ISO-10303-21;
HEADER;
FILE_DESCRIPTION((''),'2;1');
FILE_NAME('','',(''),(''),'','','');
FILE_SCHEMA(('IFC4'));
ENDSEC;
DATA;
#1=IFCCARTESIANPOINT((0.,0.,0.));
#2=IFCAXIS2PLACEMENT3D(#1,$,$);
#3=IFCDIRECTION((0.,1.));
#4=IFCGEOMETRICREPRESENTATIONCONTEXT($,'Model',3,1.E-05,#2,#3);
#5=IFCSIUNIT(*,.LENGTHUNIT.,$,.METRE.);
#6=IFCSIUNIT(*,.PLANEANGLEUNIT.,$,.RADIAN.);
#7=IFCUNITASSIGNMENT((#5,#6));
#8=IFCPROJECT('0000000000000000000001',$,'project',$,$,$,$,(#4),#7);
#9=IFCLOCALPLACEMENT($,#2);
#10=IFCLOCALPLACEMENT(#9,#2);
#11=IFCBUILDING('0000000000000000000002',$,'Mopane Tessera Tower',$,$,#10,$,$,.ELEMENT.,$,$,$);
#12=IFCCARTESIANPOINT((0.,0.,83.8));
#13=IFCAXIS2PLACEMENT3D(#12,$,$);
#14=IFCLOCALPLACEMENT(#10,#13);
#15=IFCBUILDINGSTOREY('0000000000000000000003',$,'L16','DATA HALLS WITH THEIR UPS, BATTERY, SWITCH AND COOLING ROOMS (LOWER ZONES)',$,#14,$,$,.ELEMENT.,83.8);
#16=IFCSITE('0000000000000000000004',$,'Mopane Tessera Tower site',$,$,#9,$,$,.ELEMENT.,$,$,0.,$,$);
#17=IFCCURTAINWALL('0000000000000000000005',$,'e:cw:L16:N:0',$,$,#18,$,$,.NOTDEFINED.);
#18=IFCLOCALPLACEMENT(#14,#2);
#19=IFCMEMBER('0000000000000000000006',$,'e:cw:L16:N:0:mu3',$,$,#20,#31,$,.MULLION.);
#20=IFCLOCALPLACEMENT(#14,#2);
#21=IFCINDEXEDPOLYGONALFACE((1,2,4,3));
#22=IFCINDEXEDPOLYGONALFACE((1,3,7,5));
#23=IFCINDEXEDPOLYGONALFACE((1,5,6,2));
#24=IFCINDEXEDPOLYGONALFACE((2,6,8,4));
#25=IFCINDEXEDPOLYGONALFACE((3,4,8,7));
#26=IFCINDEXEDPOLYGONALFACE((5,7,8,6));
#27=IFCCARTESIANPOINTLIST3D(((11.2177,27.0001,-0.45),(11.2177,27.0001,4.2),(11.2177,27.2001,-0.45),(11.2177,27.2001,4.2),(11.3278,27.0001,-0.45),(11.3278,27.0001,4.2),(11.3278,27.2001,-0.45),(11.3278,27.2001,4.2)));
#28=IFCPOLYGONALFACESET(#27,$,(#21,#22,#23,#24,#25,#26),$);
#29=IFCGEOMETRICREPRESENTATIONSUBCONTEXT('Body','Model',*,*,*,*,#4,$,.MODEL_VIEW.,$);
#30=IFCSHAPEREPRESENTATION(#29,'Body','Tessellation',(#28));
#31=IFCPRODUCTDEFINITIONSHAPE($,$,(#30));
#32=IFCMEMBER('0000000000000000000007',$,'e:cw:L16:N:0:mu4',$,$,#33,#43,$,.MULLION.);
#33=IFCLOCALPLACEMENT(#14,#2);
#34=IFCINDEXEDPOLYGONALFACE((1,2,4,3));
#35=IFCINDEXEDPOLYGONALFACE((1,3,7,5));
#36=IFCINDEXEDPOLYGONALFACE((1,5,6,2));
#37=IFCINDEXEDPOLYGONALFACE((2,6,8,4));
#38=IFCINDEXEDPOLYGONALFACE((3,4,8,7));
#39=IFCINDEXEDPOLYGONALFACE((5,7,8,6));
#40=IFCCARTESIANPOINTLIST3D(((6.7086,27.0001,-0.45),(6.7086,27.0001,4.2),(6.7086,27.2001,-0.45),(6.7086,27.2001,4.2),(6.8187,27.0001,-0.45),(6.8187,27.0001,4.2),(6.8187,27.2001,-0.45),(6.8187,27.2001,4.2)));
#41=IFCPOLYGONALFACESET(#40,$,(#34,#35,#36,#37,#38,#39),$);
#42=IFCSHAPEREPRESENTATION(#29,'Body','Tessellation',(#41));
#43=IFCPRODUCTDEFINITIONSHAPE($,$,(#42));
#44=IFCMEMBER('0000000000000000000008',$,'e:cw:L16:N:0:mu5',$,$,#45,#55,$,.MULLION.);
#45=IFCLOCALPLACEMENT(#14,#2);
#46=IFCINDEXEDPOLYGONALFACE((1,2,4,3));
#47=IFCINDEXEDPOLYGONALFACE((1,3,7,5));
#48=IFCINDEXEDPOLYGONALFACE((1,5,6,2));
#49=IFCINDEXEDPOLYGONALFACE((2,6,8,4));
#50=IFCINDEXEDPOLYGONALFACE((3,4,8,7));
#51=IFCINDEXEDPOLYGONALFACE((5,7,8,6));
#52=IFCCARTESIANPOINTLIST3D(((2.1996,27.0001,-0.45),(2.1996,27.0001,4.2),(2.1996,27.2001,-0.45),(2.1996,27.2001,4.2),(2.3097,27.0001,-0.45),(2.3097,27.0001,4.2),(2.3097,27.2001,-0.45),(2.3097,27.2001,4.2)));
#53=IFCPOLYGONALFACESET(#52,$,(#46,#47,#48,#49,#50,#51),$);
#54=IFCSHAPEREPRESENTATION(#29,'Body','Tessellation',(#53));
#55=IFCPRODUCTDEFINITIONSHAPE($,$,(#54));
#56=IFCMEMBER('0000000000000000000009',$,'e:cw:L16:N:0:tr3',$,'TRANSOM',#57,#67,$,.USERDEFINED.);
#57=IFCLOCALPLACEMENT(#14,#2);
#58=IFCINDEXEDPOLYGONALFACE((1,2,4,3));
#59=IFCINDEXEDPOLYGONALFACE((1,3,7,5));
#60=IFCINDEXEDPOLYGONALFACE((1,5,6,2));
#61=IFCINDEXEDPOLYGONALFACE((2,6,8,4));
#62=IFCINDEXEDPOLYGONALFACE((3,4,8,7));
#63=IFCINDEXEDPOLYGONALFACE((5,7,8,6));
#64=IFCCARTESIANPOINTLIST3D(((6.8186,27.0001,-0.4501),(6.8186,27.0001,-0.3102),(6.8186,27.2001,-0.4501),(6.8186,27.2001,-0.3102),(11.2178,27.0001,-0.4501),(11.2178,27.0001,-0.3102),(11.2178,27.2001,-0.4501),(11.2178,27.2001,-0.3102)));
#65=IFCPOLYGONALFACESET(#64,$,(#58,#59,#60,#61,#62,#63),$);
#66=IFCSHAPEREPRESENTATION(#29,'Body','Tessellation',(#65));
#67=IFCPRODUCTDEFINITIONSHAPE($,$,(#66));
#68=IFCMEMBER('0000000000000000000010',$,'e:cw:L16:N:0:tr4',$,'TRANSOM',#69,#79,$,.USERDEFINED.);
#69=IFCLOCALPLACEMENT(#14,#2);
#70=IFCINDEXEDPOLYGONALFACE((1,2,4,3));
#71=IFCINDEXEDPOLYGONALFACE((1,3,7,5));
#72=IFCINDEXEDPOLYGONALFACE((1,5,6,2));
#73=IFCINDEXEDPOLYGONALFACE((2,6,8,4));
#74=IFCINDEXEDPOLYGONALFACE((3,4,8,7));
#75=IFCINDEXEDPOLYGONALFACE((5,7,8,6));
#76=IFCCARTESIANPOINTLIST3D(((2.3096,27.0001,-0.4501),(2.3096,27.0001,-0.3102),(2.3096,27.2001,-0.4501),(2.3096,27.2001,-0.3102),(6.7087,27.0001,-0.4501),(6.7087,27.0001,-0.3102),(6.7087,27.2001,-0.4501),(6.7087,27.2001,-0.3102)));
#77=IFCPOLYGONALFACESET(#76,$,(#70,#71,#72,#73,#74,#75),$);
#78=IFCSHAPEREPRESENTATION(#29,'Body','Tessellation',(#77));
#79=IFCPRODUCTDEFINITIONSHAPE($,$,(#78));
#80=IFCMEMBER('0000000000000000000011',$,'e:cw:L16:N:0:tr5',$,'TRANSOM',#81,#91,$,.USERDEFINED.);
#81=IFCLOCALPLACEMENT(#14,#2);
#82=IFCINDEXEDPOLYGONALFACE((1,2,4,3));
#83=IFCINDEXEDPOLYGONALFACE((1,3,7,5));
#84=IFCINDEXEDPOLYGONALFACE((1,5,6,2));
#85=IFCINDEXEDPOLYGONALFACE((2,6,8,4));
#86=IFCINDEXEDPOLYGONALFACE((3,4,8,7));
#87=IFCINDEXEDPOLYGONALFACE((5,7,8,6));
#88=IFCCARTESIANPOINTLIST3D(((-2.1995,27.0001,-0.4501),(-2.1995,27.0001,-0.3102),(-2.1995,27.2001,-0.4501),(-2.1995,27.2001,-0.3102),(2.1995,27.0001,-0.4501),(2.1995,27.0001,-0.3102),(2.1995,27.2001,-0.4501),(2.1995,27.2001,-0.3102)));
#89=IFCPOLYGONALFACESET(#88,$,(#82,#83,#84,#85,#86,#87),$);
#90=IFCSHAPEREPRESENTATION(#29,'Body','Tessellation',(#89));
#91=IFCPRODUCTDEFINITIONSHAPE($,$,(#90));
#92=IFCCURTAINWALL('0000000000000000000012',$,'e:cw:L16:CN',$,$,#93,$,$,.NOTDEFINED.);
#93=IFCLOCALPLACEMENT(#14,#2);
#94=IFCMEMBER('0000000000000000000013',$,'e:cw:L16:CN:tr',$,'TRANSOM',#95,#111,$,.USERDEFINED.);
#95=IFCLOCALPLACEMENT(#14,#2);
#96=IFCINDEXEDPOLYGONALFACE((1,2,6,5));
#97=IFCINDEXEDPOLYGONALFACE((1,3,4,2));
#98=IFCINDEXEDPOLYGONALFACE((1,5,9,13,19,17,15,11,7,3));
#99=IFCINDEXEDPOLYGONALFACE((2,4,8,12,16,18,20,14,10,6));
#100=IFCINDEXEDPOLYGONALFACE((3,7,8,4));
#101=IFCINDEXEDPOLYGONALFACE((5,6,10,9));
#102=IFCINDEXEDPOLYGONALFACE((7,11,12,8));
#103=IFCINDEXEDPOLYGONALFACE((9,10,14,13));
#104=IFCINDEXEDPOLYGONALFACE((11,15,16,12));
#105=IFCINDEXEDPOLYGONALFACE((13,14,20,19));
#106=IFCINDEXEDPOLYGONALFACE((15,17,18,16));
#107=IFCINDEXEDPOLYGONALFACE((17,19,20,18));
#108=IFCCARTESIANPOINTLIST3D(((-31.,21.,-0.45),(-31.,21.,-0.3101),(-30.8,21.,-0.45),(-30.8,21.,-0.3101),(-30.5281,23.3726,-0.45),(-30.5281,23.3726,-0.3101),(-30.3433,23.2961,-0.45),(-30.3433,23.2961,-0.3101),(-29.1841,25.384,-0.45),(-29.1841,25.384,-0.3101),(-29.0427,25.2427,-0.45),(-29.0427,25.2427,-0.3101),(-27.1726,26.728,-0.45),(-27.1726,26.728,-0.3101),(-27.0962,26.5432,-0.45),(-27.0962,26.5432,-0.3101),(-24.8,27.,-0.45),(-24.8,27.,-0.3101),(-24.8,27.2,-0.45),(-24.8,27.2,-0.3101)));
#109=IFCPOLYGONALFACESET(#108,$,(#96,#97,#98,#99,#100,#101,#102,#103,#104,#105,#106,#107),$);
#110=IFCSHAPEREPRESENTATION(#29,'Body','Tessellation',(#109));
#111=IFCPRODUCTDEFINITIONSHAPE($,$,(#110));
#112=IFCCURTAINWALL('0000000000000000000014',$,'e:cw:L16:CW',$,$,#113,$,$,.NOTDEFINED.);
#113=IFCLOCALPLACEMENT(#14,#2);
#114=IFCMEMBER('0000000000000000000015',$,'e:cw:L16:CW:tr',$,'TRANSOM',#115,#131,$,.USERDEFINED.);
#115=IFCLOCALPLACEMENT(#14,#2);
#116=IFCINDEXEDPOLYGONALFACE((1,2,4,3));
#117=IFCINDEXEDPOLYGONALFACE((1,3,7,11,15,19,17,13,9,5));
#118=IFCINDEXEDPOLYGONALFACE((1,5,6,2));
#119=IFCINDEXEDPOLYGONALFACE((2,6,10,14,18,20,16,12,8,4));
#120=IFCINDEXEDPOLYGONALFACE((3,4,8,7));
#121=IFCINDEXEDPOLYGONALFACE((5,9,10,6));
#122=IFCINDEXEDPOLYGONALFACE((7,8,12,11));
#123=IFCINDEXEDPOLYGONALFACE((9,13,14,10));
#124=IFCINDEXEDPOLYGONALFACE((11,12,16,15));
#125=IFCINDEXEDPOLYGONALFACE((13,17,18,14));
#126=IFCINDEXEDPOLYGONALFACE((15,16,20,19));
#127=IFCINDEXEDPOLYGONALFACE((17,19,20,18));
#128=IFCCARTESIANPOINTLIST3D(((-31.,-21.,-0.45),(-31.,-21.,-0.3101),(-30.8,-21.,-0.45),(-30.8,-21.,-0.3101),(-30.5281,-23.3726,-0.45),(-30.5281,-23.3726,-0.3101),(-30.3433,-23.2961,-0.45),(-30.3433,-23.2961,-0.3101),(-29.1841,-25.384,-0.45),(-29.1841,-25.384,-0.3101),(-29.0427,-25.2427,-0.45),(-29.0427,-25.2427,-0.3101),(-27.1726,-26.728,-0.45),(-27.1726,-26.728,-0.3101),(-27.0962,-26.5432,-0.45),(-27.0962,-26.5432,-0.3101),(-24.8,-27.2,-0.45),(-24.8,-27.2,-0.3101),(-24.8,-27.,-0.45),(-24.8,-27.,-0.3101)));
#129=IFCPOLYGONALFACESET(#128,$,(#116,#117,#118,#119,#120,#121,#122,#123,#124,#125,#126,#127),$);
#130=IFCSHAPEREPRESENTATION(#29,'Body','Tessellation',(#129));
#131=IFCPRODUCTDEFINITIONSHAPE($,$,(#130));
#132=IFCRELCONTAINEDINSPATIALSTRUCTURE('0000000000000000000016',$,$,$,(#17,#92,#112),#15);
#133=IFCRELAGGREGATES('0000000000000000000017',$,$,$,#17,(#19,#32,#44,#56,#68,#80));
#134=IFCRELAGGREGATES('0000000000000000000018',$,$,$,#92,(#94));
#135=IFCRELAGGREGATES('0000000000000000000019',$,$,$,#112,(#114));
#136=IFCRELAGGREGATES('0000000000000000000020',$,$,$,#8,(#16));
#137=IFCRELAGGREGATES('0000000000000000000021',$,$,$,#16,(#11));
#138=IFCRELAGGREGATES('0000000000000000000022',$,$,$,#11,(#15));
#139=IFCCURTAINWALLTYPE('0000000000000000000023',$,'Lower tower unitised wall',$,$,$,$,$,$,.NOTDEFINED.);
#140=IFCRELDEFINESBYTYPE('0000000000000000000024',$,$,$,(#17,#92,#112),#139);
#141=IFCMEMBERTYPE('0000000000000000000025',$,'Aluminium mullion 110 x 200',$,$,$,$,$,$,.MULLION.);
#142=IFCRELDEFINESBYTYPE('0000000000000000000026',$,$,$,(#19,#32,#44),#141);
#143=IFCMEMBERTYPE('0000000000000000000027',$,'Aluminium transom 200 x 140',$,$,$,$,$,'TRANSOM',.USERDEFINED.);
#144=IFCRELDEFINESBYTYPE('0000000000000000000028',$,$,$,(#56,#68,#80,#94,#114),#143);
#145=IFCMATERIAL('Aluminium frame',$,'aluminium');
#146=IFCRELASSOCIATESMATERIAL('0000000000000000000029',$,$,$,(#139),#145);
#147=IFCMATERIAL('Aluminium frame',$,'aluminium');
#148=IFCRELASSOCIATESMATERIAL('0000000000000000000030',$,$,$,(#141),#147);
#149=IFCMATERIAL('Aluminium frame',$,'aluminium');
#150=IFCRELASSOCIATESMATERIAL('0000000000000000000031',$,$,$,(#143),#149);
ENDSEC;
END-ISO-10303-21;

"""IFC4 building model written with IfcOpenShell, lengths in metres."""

from ifc_helpers import new_model, si_unit, direction, frame, origin, origin_2d, place, context, subcontext, project, spatial, polyline, rectangle, outline, extrude, material, material_profile, profile_set, type_object, element, aggregate, save


model = new_model("IFC4")

# Units and contexts
model_context = context("Model", 3, precision=1e-05, world=origin(), true_north=direction((0.0, 1.0)))
body_context = subcontext(model_context, "Body", "Model", "MODEL_VIEW")
ifc_project = project(units=[si_unit("LENGTHUNIT", "METRE"), si_unit("PLANEANGLEUNIT", "RADIAN")], contexts=[model_context])

# Site, building, storey
site_placement = place(None, origin())
site = spatial("IfcSite", under=ifc_project, at=site_placement, Name="Mopane Tessera Tower site", CompositionType="ELEMENT", RefElevation=0.0)
building_placement = place(site_placement, origin())
building = spatial("IfcBuilding", under=site, at=building_placement, Name="Mopane Tessera Tower", CompositionType="ELEMENT")
storey_placement = place(building_placement, frame((0.0, 0.0, 83.8)))
storey = spatial("IfcBuildingStorey", under=building, at=storey_placement, Name="L16", Description="DATA HALLS WITH THEIR UPS, BATTERY, SWITCH AND COOLING ROOMS (LOWER ZONES)", CompositionType="ELEMENT", Elevation=83.8)

# Curtain wall, members
ifc_material_1 = material(Name="Aluminium frame", Category="aluminium")
curtain_wall_type = type_object("IfcCurtainWallType", Name="Lower tower unitised wall", PredefinedType="NOTDEFINED", material=ifc_material_1)
curtain_wall_1_placement = place(storey_placement, origin())
curtain_wall_1 = element("IfcCurtainWall", 1, at=curtain_wall_1_placement, inside=storey, type_object=curtain_wall_type, Name="e:cw:L16:N:0", PredefinedType="NOTDEFINED")
ifc_material_2 = material(Name="Aluminium frame", Category="aluminium")
ifc_material_profile_1 = material_profile(ifc_material_2, rectangle(XDim=0.1101, YDim=0.2, at=origin_2d()))
ifc_profile_set_1 = profile_set([ifc_material_profile_1], Name="Aluminium frame")
member_type_1 = type_object("IfcMemberType", Name="Aluminium mullion 110 x 200", PredefinedType="MULLION", material=ifc_profile_set_1)
member_1_placement = place(storey_placement, frame((11.2727, 27.1001, -0.45), z_axis=(0.0, 0.0, 1.0), x_axis=(-1.0, 0.0, 0.0)))
member_1 = element("IfcMember", 2, at=member_1_placement, type_object=member_type_1, Name="e:cw:L16:N:0:mu3", PredefinedType="MULLION", context=body_context, shape_type="SweptSolid", body=[
    extrude(rectangle(XDim=0.1101, YDim=0.2, at=origin_2d()), origin(), (0.0, 0.0, 1.0), 4.6499),
])
member_2_placement = place(storey_placement, frame((6.7637, 27.1001, -0.45), z_axis=(0.0, 0.0, 1.0), x_axis=(-1.0, 0.0, 0.0)))
member_2 = element("IfcMember", 3, at=member_2_placement, type_object=member_type_1, Name="e:cw:L16:N:0:mu4", PredefinedType="MULLION", context=body_context, shape_type="SweptSolid", body=[
    extrude(rectangle(XDim=0.1101, YDim=0.2, at=origin_2d()), origin(), (0.0, 0.0, 1.0), 4.6499),
])
member_3_placement = place(storey_placement, frame((2.2546, 27.1001, -0.45), z_axis=(0.0, 0.0, 1.0), x_axis=(-1.0, 0.0, 0.0)))
member_3 = element("IfcMember", 4, at=member_3_placement, type_object=member_type_1, Name="e:cw:L16:N:0:mu5", PredefinedType="MULLION", context=body_context, shape_type="SweptSolid", body=[
    extrude(rectangle(XDim=0.1101, YDim=0.2, at=origin_2d()), origin(), (0.0, 0.0, 1.0), 4.6499),
])
ifc_material_3 = material(Name="Aluminium frame", Category="aluminium")
ifc_material_profile_2 = material_profile(ifc_material_3, rectangle(XDim=0.2, YDim=0.1399, at=origin_2d()))
ifc_profile_set_2 = profile_set([ifc_material_profile_2], Name="Aluminium frame")
member_type_2 = type_object("IfcMemberType", Name="Aluminium transom 200 x 140", ElementType="TRANSOM", PredefinedType="USERDEFINED", material=ifc_profile_set_2)
member_4_placement = place(storey_placement, frame((11.2178, 27.1001, -0.3801), z_axis=(-1.0, 0.0, 0.0), x_axis=(0.0, -1.0, 0.0)))
member_4 = element("IfcMember", 5, at=member_4_placement, type_object=member_type_2, Name="e:cw:L16:N:0:tr3", ObjectType="TRANSOM", PredefinedType="USERDEFINED", context=body_context, shape_type="SweptSolid", body=[
    extrude(rectangle(XDim=0.2, YDim=0.1399, at=origin_2d()), origin(), (0.0, 0.0, 1.0), 4.3992),
])
member_5_placement = place(storey_placement, frame((6.7087, 27.1001, -0.3801), z_axis=(-1.0, 0.0, 0.0), x_axis=(0.0, -1.0, 0.0)))
member_5 = element("IfcMember", 6, at=member_5_placement, type_object=member_type_2, Name="e:cw:L16:N:0:tr4", ObjectType="TRANSOM", PredefinedType="USERDEFINED", context=body_context, shape_type="SweptSolid", body=[
    extrude(rectangle(XDim=0.2, YDim=0.1399, at=origin_2d()), origin(), (0.0, 0.0, 1.0), 4.3992),
])
member_6_placement = place(storey_placement, frame((2.1995, 27.1001, -0.3801), z_axis=(-1.0, 0.0, 0.0), x_axis=(0.0, -1.0, 0.0)))
member_6 = element("IfcMember", 7, at=member_6_placement, type_object=member_type_2, Name="e:cw:L16:N:0:tr5", ObjectType="TRANSOM", PredefinedType="USERDEFINED", context=body_context, shape_type="SweptSolid", body=[
    extrude(rectangle(XDim=0.2, YDim=0.1399, at=origin_2d()), origin(), (0.0, 0.0, 1.0), 4.3989),
])

# Curtain walls, members
curtain_wall_2_placement = place(storey_placement, origin())
curtain_wall_2 = element("IfcCurtainWall", 8, at=curtain_wall_2_placement, inside=storey, type_object=curtain_wall_type, Name="e:cw:L16:CN", PredefinedType="NOTDEFINED")
member_7_placement = place(storey_placement, frame((0.0, 0.0, -0.45)))
member_7 = element("IfcMember", 9, at=member_7_placement, type_object=member_type_2, Name="e:cw:L16:CN:tr", ObjectType="TRANSOM", PredefinedType="USERDEFINED", context=body_context, shape_type="SweptSolid", body=[
    extrude(outline(polyline([(-24.8, 27.0), (-27.0962, 26.5432), (-29.0427, 25.2427), (-30.3433, 23.2961), (-30.8, 21.0), (-31.0, 21.0), (-30.5281, 23.3726), (-29.1841, 25.384), (-27.1726, 26.728), (-24.8, 27.2), (-24.8, 27.0)])), origin(), (0.0, 0.0, 1.0), 0.1399),
])
curtain_wall_3_placement = place(storey_placement, origin())
curtain_wall_3 = element("IfcCurtainWall", 10, at=curtain_wall_3_placement, inside=storey, type_object=curtain_wall_type, Name="e:cw:L16:CW", PredefinedType="NOTDEFINED")
member_8_placement = place(storey_placement, frame((0.0, 0.0, -0.45)))
member_8 = element("IfcMember", 11, at=member_8_placement, type_object=member_type_2, Name="e:cw:L16:CW:tr", ObjectType="TRANSOM", PredefinedType="USERDEFINED", context=body_context, shape_type="SweptSolid", body=[
    extrude(outline(polyline([(-30.8, -21.0), (-30.3433, -23.2961), (-29.0427, -25.2427), (-27.0962, -26.5432), (-24.8, -27.0), (-24.8, -27.2), (-27.1726, -26.728), (-29.1841, -25.384), (-30.5281, -23.3726), (-31.0, -21.0), (-30.8, -21.0)])), origin(), (0.0, 0.0, 1.0), 0.1399),
])

aggregate(curtain_wall_1, [member_1, member_2, member_3, member_4, member_5, member_6])
aggregate(curtain_wall_2, [member_7])
aggregate(curtain_wall_3, [member_8])

save(model, "model.ifc")
